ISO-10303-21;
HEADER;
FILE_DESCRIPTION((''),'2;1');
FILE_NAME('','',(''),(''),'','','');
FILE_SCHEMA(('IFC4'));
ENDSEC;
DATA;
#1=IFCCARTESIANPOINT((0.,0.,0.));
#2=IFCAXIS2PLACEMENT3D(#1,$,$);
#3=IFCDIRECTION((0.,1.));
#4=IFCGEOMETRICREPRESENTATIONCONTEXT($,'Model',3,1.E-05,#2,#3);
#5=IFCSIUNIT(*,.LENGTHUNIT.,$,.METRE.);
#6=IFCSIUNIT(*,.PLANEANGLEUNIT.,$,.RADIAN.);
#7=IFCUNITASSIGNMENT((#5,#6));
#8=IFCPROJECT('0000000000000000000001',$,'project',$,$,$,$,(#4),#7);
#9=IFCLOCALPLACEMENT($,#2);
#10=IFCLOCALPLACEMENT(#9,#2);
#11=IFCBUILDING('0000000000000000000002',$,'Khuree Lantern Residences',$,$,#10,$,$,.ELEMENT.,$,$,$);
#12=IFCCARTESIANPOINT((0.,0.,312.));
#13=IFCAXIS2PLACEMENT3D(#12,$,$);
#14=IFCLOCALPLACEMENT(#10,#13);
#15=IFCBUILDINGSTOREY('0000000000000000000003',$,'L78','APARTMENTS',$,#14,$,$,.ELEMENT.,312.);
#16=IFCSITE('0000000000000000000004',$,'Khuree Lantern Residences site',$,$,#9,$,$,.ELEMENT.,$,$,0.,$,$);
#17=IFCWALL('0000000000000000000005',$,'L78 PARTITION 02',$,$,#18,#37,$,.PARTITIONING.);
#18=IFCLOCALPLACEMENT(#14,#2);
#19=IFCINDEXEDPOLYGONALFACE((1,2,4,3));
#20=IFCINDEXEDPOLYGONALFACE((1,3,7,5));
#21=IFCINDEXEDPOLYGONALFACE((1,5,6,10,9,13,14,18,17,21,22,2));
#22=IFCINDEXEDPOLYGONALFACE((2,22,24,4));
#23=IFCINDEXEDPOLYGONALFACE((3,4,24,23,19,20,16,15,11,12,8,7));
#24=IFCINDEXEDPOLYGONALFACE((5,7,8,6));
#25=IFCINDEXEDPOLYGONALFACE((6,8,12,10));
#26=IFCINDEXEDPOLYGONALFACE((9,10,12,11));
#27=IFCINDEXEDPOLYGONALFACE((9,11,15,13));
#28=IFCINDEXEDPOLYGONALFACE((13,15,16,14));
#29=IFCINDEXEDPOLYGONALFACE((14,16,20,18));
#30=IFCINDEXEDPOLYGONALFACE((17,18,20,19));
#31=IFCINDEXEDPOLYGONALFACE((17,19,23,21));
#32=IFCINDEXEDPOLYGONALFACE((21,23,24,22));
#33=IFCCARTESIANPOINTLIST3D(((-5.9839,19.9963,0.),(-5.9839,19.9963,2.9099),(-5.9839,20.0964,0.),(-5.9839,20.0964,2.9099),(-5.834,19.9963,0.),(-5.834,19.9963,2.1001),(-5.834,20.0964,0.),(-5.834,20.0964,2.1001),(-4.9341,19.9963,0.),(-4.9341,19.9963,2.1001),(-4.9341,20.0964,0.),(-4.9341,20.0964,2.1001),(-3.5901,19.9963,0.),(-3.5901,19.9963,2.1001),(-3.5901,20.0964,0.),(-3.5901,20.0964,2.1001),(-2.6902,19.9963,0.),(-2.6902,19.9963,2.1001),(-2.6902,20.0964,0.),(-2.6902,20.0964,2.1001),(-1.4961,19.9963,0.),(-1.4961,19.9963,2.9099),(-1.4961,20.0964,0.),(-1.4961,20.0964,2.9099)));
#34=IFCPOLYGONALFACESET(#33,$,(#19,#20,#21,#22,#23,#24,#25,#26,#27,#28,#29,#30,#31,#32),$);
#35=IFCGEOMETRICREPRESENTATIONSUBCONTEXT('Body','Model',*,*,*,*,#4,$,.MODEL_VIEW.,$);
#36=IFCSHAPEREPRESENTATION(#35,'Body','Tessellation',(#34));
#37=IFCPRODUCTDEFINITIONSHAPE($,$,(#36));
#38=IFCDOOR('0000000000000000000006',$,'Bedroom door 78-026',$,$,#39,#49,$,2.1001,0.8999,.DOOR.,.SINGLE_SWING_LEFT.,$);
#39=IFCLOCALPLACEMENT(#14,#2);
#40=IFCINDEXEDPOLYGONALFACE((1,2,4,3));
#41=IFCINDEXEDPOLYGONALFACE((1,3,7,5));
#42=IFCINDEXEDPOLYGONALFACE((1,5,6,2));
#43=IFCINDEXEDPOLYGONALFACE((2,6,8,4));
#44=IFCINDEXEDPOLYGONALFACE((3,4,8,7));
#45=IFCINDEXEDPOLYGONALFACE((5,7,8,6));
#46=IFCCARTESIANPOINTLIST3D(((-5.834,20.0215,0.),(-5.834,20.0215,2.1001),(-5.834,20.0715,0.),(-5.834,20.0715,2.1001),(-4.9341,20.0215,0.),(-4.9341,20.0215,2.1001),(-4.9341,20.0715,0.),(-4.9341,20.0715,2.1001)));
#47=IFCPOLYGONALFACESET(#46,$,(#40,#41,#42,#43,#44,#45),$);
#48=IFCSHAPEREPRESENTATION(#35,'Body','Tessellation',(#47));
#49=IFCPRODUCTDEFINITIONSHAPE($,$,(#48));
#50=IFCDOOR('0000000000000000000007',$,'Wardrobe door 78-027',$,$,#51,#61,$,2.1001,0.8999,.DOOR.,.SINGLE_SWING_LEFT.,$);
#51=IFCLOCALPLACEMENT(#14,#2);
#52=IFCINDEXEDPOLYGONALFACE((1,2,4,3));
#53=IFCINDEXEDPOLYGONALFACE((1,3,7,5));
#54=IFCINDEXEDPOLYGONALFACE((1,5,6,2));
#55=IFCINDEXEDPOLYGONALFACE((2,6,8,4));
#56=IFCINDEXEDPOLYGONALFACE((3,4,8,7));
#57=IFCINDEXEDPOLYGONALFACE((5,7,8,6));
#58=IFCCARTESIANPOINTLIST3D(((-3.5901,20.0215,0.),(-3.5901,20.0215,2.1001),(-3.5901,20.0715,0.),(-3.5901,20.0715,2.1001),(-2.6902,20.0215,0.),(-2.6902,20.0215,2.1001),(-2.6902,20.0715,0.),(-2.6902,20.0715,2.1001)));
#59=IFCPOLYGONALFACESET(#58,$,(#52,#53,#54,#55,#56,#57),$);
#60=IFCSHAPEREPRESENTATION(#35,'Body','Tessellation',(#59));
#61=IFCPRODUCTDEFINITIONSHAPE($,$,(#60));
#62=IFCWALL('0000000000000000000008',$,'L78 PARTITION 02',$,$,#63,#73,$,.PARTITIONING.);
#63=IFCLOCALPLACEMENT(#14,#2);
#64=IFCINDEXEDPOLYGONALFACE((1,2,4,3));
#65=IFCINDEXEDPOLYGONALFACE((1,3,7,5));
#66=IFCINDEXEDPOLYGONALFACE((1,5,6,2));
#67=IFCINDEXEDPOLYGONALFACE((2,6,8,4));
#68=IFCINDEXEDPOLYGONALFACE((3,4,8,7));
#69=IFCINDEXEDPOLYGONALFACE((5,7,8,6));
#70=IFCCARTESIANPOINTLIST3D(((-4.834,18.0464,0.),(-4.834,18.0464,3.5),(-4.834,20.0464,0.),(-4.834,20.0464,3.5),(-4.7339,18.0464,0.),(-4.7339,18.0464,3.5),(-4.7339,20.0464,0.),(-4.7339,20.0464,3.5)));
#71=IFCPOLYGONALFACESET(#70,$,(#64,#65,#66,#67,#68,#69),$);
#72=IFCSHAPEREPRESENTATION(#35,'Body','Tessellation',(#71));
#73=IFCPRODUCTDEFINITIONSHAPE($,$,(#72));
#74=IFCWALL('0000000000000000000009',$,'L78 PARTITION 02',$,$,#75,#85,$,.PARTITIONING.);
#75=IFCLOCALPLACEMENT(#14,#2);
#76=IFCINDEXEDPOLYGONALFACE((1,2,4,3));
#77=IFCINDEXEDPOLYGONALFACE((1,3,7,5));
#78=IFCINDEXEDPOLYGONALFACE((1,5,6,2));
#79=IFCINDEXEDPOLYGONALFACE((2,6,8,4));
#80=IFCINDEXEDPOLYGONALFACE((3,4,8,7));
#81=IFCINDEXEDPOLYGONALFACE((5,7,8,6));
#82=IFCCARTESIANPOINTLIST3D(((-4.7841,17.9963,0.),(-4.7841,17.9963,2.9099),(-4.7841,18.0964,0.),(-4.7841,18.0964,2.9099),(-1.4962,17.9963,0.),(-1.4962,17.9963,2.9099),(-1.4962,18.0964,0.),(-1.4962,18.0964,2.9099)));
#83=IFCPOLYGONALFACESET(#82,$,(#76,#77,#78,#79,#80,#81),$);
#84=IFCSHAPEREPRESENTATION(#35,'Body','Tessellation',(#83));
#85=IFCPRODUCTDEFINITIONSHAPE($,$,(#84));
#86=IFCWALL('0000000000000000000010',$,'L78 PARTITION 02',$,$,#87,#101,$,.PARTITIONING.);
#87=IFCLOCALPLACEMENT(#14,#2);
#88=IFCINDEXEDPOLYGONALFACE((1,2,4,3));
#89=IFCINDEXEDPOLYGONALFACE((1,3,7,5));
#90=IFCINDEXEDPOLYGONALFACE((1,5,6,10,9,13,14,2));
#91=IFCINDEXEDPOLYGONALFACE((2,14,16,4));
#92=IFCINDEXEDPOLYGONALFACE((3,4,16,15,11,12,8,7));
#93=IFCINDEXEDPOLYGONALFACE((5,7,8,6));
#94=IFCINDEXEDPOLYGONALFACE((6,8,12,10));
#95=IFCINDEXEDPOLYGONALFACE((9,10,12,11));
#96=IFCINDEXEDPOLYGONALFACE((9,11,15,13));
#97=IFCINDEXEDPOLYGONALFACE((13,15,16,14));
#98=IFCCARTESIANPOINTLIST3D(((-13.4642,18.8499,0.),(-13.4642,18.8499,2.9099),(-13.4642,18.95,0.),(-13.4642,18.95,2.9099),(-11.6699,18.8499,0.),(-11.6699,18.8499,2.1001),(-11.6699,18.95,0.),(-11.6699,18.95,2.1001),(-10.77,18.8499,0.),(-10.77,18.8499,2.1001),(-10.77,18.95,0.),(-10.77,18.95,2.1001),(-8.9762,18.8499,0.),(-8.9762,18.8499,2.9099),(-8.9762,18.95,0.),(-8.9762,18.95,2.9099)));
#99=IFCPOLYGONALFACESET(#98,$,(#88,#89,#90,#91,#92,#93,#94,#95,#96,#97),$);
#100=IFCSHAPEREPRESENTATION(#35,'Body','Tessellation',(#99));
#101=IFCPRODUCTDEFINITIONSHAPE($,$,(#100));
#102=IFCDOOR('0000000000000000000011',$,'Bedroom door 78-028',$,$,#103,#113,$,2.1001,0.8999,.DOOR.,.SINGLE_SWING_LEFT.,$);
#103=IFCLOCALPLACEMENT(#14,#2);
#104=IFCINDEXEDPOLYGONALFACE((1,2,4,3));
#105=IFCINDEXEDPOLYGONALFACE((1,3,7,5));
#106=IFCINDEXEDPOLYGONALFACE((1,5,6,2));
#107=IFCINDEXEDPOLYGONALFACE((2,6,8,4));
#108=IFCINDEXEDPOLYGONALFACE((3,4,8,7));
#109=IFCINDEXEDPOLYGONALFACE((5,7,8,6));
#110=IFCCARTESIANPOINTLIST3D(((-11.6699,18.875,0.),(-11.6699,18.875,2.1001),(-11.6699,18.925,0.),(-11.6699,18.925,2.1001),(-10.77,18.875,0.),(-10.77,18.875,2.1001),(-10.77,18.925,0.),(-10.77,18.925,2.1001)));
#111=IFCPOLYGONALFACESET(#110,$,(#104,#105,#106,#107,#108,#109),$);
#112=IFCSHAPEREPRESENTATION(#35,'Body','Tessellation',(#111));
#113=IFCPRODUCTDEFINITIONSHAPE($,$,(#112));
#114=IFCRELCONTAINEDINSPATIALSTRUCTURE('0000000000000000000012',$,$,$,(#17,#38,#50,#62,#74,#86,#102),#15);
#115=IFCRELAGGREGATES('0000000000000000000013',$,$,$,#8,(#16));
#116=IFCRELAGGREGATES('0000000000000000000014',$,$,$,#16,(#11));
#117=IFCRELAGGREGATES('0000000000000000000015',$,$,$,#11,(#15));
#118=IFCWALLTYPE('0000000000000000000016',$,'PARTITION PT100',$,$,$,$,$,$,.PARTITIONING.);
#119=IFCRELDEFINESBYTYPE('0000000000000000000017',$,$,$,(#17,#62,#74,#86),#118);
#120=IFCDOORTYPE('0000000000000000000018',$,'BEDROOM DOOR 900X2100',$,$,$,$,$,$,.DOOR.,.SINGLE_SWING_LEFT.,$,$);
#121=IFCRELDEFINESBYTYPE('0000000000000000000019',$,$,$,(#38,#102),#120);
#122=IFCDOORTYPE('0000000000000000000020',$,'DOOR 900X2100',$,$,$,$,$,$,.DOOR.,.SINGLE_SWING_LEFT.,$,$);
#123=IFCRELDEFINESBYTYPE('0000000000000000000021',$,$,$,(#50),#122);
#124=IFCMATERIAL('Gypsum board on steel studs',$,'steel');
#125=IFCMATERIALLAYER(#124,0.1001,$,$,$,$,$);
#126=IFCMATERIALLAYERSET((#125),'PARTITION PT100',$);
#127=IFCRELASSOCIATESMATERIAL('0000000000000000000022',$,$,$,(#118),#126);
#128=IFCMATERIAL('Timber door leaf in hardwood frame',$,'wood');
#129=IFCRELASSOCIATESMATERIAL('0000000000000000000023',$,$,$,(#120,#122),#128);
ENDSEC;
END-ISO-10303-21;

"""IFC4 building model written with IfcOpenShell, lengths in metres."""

from ifc_helpers import new_model, si_unit, direction, frame, frame_2d, origin, place, context, subcontext, project, spatial, rectangle, extrude, material, layer, layer_set, type_object, element, fill, save


model = new_model("IFC4")

# Units and contexts
model_context = context("Model", 3, precision=1e-05, world=origin(), true_north=direction((0.0, 1.0)))
body_context = subcontext(model_context, "Body", "Model", "MODEL_VIEW")
ifc_project = project(units=[si_unit("LENGTHUNIT", "METRE"), si_unit("PLANEANGLEUNIT", "RADIAN")], contexts=[model_context])

# Site, building, storey
site_placement = place(None, origin())
site = spatial("IfcSite", under=ifc_project, at=site_placement, Name="Khuree Lantern Residences site", CompositionType="ELEMENT", RefElevation=0.0)
building_placement = place(site_placement, origin())
building = spatial("IfcBuilding", under=site, at=building_placement, Name="Khuree Lantern Residences", CompositionType="ELEMENT")
storey_placement = place(building_placement, frame((0.0, 0.0, 312.0)))
storey = spatial("IfcBuildingStorey", under=building, at=storey_placement, Name="L78", Description="APARTMENTS", CompositionType="ELEMENT", Elevation=312.0)

# Shared definitions
ifc_material_1 = material(Name="Gypsum board on steel studs", Category="steel")
ifc_layer_1 = layer(ifc_material_1, 0.1001)
ifc_layer_set_1 = layer_set([ifc_layer_1], Name="PARTITION PT100")
wall_type = type_object("IfcWallType", Name="PARTITION PT100", PredefinedType="PARTITIONING", material=ifc_layer_set_1)

# Wall, openings, doors
wall_1_placement = place(storey_placement, frame((-1.4961, 20.0464, 0.0), z_axis=(0.0, 0.0, 1.0), x_axis=(-1.0, 0.0, 0.0)))
wall_1 = element("IfcWall", 1, at=wall_1_placement, inside=storey, type_object=wall_type, Name="L78 PARTITION 02", PredefinedType="PARTITIONING", context=body_context, shape_type="SweptSolid", body=[
    extrude(rectangle(XDim=4.4878, YDim=0.1001, at=frame_2d((2.2439, 0.0))), origin(), (0.0, 0.0, 1.0), 2.9099),
])
opening_1_placement = place(wall_1_placement, frame((3.438, 0.0, 0.0)))
opening_1 = element("IfcOpeningElement", 2, at=opening_1_placement, cuts=wall_1, PredefinedType="OPENING", context=body_context, shape_type="SweptSolid", body=[
    extrude(rectangle(XDim=0.8999, YDim=2.1001, at=frame_2d((0.45, 1.05))), frame((0.0, 0.0601, 0.0), z_axis=(0.0, -1.0, 0.0), x_axis=(1.0, 0.0, 0.0)), (0.0, 0.0, 1.0), 0.1201),
])
opening_2_placement = place(wall_1_placement, frame((1.1941, 0.0, 0.0)))
opening_2 = element("IfcOpeningElement", 3, at=opening_2_placement, cuts=wall_1, PredefinedType="OPENING", context=body_context, shape_type="SweptSolid", body=[
    extrude(rectangle(XDim=0.8999, YDim=2.1001, at=frame_2d((0.45, 1.05))), frame((0.0, 0.0601, 0.0), z_axis=(0.0, -1.0, 0.0), x_axis=(1.0, 0.0, 0.0)), (0.0, 0.0, 1.0), 0.1201),
])
ifc_material_2 = material(Name="Timber door leaf in hardwood frame", Category="wood")
door_type_1 = type_object("IfcDoorType", Name="BEDROOM DOOR 900X2100", OperationType="SINGLE_SWING_LEFT", PredefinedType="DOOR", material=ifc_material_2)
door_1_placement = place(opening_1_placement, origin())
door_1 = element("IfcDoor", 4, at=door_1_placement, inside=storey, type_object=door_type_1, Name="Bedroom door 78-026", OperationType="SINGLE_SWING_LEFT", OverallHeight=2.1001, OverallWidth=0.8999, PredefinedType="DOOR", context=body_context, shape_type="SweptSolid", body=[
    extrude(rectangle(XDim=0.8999, YDim=2.1001, at=frame_2d((0.45, 1.05))), frame((0.0, 0.0249, 0.0), z_axis=(0.0, -1.0, 0.0), x_axis=(1.0, 0.0, 0.0)), (0.0, 0.0, 1.0), 0.05),
])
fill(opening_1, door_1)
door_type_2 = type_object("IfcDoorType", Name="DOOR 900X2100", OperationType="SINGLE_SWING_LEFT", PredefinedType="DOOR", material=ifc_material_2)
door_2_placement = place(opening_2_placement, origin())
door_2 = element("IfcDoor", 5, at=door_2_placement, inside=storey, type_object=door_type_2, Name="Wardrobe door 78-027", OperationType="SINGLE_SWING_LEFT", OverallHeight=2.1001, OverallWidth=0.8999, PredefinedType="DOOR", context=body_context, shape_type="SweptSolid", body=[
    extrude(rectangle(XDim=0.8999, YDim=2.1001, at=frame_2d((0.45, 1.05))), frame((0.0, 0.0249, 0.0), z_axis=(0.0, -1.0, 0.0), x_axis=(1.0, 0.0, 0.0)), (0.0, 0.0, 1.0), 0.05),
])
fill(opening_2, door_2)

# Walls
wall_2_placement = place(storey_placement, frame((-4.7839, 18.0464, 0.0), z_axis=(0.0, 0.0, 1.0), x_axis=(0.0, 1.0, 0.0)))
element("IfcWall", 6, at=wall_2_placement, inside=storey, type_object=wall_type, Name="L78 PARTITION 02", PredefinedType="PARTITIONING", context=body_context, shape_type="SweptSolid", body=[
    extrude(rectangle(XDim=2.0, YDim=0.1001, at=frame_2d((1.0, 0.0))), origin(), (0.0, 0.0, 1.0), 3.5),
])
wall_3_placement = place(storey_placement, frame((-1.4961, 18.0464, 0.0), z_axis=(0.0, 0.0, 1.0), x_axis=(-1.0, 0.0, 0.0)))
element("IfcWall", 7, at=wall_3_placement, inside=storey, type_object=wall_type, Name="L78 PARTITION 02", PredefinedType="PARTITIONING", context=body_context, shape_type="SweptSolid", body=[
    extrude(rectangle(XDim=3.2878, YDim=0.1001, at=frame_2d((1.644, 0.0))), origin(), (0.0, 0.0, 1.0), 2.9099),
])

# Wall, opening, door
wall_4_placement = place(storey_placement, frame((-8.9761, 18.8999, 0.0), z_axis=(0.0, 0.0, 1.0), x_axis=(-1.0, 0.0, 0.0)))
wall_4 = element("IfcWall", 8, at=wall_4_placement, inside=storey, type_object=wall_type, Name="L78 PARTITION 02", PredefinedType="PARTITIONING", context=body_context, shape_type="SweptSolid", body=[
    extrude(rectangle(XDim=4.488, YDim=0.1001, at=frame_2d((2.2441, 0.0))), origin(), (0.0, 0.0, 1.0), 2.9099),
])
opening_3_placement = place(wall_4_placement, frame((1.7939, 0.0, 0.0)))
opening_3 = element("IfcOpeningElement", 9, at=opening_3_placement, cuts=wall_4, PredefinedType="OPENING", context=body_context, shape_type="SweptSolid", body=[
    extrude(rectangle(XDim=0.8999, YDim=2.1001, at=frame_2d((0.45, 1.05))), frame((0.0, 0.0601, 0.0), z_axis=(0.0, -1.0, 0.0), x_axis=(1.0, 0.0, 0.0)), (0.0, 0.0, 1.0), 0.1201),
])
door_3_placement = place(opening_3_placement, origin())
door_3 = element("IfcDoor", 10, at=door_3_placement, inside=storey, type_object=door_type_1, Name="Bedroom door 78-028", OperationType="SINGLE_SWING_LEFT", OverallHeight=2.1001, OverallWidth=0.8999, PredefinedType="DOOR", context=body_context, shape_type="SweptSolid", body=[
    extrude(rectangle(XDim=0.8999, YDim=2.1001, at=frame_2d((0.45, 1.05))), frame((0.0, 0.0249, 0.0), z_axis=(0.0, -1.0, 0.0), x_axis=(1.0, 0.0, 0.0)), (0.0, 0.0, 1.0), 0.05),
])
fill(opening_3, door_3)

save(model, "model.ifc")
